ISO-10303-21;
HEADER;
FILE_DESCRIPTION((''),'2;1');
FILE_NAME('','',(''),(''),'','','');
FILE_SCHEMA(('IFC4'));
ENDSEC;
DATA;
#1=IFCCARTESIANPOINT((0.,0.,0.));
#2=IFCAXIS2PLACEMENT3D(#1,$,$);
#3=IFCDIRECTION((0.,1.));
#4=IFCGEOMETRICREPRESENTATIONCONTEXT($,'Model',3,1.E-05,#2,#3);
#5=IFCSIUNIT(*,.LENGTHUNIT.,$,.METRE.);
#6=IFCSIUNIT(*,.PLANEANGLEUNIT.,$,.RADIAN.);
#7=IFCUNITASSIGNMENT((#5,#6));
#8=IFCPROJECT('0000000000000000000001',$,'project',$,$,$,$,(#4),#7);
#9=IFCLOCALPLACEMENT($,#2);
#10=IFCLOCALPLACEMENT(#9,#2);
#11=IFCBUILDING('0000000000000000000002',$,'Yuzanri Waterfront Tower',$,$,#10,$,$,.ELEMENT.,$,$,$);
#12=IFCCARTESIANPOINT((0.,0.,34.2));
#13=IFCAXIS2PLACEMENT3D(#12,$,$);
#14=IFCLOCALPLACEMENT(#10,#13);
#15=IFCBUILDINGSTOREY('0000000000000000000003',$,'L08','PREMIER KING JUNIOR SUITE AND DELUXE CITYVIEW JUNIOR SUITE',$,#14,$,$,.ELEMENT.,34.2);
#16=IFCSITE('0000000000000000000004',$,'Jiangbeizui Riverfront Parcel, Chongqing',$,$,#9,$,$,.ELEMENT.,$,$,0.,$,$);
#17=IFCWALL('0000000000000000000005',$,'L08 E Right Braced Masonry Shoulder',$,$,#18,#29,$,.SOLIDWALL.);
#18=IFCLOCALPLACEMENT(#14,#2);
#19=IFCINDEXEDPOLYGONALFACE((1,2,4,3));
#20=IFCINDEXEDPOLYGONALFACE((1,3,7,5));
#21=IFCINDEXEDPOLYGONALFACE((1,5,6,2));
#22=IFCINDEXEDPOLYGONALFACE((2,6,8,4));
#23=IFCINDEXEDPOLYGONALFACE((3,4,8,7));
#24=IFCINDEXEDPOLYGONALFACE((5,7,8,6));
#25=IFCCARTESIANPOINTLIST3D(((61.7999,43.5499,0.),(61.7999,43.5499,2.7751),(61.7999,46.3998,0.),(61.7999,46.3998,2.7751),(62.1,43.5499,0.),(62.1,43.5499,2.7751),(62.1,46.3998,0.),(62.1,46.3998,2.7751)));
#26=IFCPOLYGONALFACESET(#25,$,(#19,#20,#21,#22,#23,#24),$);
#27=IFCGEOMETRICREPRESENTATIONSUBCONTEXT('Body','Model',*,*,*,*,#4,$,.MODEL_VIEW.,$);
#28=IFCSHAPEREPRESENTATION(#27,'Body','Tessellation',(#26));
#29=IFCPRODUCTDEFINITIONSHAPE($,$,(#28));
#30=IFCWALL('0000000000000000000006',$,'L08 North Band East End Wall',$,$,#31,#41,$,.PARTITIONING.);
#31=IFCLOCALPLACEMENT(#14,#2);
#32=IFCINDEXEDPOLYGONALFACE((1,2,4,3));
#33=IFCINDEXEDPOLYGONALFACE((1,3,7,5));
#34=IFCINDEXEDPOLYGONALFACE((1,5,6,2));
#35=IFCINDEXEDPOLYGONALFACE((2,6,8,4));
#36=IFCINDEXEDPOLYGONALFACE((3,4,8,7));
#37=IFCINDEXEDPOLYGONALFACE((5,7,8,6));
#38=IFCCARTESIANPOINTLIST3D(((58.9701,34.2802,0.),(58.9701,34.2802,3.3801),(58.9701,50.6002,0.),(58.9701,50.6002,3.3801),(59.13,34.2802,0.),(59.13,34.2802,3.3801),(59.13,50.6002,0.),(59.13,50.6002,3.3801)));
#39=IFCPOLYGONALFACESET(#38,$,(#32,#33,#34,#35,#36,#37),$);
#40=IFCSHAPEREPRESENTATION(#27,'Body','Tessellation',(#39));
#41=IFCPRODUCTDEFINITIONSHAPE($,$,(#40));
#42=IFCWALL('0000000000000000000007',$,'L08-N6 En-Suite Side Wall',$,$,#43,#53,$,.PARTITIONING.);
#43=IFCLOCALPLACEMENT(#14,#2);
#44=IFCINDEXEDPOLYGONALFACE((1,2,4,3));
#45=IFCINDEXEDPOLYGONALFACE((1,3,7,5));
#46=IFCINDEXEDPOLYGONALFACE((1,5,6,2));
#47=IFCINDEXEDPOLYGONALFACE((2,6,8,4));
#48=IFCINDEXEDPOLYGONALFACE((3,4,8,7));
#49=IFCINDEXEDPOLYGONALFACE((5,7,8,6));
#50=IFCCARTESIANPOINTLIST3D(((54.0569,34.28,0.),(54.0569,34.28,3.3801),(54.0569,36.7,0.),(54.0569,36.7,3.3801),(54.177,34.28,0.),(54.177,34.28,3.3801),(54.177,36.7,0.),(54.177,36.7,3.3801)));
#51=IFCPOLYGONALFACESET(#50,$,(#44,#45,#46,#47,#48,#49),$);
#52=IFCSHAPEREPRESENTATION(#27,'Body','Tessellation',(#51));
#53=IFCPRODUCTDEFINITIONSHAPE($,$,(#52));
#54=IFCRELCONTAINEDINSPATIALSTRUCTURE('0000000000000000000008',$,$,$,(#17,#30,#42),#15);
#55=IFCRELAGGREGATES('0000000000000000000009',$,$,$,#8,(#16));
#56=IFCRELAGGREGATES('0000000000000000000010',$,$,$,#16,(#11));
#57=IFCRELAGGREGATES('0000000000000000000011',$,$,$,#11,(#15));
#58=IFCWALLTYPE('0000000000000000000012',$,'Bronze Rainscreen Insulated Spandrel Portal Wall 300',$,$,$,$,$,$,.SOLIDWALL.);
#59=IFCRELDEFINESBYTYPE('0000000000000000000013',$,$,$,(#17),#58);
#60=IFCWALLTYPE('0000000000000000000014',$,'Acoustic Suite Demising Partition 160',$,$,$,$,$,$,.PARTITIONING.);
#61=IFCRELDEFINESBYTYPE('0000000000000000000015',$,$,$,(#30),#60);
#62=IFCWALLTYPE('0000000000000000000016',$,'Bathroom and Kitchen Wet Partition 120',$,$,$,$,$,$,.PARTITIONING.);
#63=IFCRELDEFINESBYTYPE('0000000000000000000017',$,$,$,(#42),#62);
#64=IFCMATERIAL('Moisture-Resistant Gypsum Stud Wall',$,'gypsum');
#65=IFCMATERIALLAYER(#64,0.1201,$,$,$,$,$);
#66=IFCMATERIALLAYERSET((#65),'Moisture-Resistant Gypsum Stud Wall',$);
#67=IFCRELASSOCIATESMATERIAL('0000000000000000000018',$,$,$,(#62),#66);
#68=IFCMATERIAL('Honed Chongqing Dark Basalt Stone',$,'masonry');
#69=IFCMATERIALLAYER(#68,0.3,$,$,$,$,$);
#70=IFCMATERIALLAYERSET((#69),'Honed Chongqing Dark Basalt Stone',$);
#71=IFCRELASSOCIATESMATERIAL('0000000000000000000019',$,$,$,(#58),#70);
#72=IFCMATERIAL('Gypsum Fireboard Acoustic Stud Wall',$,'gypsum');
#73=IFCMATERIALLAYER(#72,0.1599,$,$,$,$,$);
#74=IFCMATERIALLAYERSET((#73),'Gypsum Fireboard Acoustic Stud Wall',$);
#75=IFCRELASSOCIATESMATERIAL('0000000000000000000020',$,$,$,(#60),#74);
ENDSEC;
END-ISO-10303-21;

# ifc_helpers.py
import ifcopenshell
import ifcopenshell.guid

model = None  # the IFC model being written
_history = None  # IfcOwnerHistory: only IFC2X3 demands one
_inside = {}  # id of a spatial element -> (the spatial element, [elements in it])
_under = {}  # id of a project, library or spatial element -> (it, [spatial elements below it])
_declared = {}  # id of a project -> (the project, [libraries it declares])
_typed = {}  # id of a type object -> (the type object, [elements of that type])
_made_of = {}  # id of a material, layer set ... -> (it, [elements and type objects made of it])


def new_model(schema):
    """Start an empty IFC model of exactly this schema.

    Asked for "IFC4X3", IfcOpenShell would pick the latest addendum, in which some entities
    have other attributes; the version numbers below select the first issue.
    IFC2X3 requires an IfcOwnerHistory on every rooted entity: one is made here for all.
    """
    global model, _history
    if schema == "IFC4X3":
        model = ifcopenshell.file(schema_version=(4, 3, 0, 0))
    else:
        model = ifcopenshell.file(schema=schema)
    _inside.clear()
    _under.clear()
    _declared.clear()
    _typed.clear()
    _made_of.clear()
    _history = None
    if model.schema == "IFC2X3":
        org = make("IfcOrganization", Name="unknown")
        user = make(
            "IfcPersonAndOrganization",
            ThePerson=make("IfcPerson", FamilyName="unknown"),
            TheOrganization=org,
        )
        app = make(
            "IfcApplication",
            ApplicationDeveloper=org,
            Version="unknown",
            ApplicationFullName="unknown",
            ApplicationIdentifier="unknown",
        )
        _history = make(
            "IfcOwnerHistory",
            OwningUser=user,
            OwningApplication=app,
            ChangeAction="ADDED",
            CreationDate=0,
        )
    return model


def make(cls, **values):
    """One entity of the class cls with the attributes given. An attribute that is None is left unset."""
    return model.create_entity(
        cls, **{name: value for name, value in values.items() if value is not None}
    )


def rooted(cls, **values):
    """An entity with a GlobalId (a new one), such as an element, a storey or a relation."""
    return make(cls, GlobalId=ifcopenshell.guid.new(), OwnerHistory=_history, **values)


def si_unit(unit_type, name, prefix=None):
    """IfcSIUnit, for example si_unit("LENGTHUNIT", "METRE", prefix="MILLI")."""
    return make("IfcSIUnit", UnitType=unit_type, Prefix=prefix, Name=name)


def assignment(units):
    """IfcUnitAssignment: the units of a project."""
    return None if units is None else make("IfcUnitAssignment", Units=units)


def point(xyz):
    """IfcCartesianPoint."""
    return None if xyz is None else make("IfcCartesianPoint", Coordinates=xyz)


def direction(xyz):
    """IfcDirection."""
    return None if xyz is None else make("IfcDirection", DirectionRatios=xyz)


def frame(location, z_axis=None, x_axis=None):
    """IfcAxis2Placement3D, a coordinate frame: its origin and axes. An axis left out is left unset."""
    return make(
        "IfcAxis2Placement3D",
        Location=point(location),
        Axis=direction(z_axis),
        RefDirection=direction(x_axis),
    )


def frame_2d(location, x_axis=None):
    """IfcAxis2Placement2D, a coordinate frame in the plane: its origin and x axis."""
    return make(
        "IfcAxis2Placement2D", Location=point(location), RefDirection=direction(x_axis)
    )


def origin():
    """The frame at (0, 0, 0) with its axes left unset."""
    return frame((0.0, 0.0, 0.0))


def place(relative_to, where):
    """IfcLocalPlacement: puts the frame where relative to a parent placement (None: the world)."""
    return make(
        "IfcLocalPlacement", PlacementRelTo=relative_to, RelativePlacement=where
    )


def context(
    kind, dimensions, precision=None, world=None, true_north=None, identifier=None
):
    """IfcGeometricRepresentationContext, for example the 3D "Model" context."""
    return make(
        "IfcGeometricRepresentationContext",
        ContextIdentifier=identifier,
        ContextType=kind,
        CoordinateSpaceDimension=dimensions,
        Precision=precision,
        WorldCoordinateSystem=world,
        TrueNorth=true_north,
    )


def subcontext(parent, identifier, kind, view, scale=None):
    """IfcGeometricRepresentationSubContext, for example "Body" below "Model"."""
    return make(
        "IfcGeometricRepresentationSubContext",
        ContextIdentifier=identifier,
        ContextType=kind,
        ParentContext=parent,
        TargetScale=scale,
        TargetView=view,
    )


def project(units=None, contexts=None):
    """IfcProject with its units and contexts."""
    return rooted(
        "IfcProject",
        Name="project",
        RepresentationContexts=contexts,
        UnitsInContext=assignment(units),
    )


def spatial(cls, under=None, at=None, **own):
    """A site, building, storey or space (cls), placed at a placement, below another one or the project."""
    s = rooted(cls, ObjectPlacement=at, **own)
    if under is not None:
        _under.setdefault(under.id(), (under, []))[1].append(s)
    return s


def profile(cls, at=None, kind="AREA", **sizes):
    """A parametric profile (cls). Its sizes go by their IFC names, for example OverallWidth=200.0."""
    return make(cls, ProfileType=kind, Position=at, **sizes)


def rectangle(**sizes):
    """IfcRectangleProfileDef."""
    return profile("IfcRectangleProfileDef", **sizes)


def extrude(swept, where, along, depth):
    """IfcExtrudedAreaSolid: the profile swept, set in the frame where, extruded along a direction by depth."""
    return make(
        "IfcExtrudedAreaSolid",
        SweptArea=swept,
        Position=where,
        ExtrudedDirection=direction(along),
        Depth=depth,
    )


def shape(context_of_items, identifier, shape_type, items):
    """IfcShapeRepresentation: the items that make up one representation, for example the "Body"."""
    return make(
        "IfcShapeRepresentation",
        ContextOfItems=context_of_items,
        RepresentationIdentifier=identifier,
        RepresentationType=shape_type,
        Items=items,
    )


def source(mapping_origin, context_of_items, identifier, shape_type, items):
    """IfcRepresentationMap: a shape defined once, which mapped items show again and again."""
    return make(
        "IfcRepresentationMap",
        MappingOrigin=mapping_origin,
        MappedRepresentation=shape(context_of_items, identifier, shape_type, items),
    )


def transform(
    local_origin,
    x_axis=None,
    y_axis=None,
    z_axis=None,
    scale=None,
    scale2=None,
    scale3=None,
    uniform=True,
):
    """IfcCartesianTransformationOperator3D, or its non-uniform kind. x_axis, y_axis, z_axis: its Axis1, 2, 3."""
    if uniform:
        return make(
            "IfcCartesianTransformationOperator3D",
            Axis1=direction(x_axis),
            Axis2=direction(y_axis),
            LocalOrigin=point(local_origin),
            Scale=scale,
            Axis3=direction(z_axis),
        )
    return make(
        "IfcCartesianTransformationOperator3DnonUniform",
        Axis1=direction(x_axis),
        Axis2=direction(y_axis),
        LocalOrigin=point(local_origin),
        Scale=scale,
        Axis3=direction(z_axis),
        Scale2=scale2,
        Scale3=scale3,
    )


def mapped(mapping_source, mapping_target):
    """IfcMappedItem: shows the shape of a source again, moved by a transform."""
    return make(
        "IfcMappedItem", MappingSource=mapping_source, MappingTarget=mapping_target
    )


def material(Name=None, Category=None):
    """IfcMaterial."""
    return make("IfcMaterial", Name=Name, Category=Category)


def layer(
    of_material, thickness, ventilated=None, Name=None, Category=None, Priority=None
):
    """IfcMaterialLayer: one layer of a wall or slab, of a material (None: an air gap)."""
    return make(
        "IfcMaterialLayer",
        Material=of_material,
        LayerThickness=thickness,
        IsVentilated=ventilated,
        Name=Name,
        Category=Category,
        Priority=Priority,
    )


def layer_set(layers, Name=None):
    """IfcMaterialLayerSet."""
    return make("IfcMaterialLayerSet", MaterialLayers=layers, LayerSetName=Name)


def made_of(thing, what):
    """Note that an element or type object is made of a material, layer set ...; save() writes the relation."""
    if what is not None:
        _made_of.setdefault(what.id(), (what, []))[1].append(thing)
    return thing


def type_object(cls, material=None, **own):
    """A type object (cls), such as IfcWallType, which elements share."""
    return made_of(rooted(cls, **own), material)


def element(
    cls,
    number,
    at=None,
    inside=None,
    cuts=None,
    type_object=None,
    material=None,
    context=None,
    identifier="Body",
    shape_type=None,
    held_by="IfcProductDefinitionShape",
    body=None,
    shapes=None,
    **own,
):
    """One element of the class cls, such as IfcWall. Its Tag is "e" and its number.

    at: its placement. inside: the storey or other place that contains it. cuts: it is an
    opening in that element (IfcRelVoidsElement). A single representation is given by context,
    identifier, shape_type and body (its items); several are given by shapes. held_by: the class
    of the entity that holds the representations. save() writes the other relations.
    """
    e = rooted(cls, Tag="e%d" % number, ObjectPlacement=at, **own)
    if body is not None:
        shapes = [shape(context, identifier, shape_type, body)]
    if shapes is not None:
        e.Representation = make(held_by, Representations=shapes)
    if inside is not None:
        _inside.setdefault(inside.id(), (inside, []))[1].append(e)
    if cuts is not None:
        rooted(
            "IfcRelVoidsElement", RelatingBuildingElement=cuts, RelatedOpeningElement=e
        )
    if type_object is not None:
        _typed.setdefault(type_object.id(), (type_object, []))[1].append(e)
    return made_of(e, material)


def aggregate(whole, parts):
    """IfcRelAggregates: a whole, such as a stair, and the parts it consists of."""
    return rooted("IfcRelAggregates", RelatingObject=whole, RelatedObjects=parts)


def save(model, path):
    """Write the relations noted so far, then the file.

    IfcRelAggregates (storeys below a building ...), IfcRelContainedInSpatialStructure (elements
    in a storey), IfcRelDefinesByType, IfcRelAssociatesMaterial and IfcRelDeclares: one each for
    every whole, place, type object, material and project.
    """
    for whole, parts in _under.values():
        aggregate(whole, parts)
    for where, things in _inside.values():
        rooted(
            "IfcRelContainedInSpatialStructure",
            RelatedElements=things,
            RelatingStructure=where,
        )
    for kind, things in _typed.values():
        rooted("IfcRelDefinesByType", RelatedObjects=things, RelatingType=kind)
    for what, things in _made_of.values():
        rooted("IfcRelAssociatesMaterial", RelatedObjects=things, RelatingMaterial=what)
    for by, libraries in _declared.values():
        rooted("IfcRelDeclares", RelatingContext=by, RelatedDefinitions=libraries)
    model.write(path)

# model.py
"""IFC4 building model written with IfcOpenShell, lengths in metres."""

from ifc_helpers import new_model, si_unit, direction, frame, frame_2d, origin, place, context, subcontext, project, spatial, rectangle, extrude, source, transform, mapped, material, layer, layer_set, type_object, element, save


model = new_model("IFC4")

# Units and contexts
model_context = context("Model", 3, precision=1e-05, world=origin(), true_north=direction((0.0, 1.0)))
body_context = subcontext(model_context, "Body", "Model", "MODEL_VIEW")
ifc_project = project(units=[si_unit("LENGTHUNIT", "METRE"), si_unit("PLANEANGLEUNIT", "RADIAN")], contexts=[model_context])

# Site, building, storey
site_placement = place(None, origin())
site = spatial("IfcSite", under=ifc_project, at=site_placement, Name="Jiangbeizui Riverfront Parcel, Chongqing", CompositionType="ELEMENT", RefElevation=0.0)
building_placement = place(site_placement, origin())
building = spatial("IfcBuilding", under=site, at=building_placement, Name="Yuzanri Waterfront Tower", CompositionType="ELEMENT")
storey_placement = place(building_placement, frame((0.0, 0.0, 34.2)))
storey = spatial("IfcBuildingStorey", under=building, at=storey_placement, Name="L08", Description="PREMIER KING JUNIOR SUITE AND DELUXE CITYVIEW JUNIOR SUITE", CompositionType="ELEMENT", Elevation=34.2)

# Shared definitions
ifc_material_1 = material(Name="Moisture-Resistant Gypsum Stud Wall", Category="gypsum")
ifc_layer_1 = layer(ifc_material_1, 0.1201)
ifc_layer_set_1 = layer_set([ifc_layer_1], Name="Moisture-Resistant Gypsum Stud Wall")
wall_type_1 = type_object("IfcWallType", Name="Bathroom and Kitchen Wet Partition 120", PredefinedType="PARTITIONING", material=ifc_layer_set_1)

# Shared definitions
ifc_material_2 = material(Name="Honed Chongqing Dark Basalt Stone", Category="masonry")
ifc_layer_2 = layer(ifc_material_2, 0.3)
ifc_layer_set_2 = layer_set([ifc_layer_2], Name="Honed Chongqing Dark Basalt Stone")
wall_type_2 = type_object("IfcWallType", Name="Bronze Rainscreen Insulated Spandrel Portal Wall 300", PredefinedType="SOLIDWALL", material=ifc_layer_set_2)

# Walls
shared_shape_1 = source(origin(), body_context, "Body", "SweptSolid", [
    extrude(rectangle(XDim=2.8499, YDim=0.3, at=frame_2d((1.4248, 0.0))), origin(), (0.0, 0.0, 1.0), 2.7751),
])
wall_1_placement = place(storey_placement, frame((61.95, 43.55, 0.0), z_axis=(0.0, 0.0, 1.0), x_axis=(0.0, 1.0, 0.0)))
element("IfcWall", 1, at=wall_1_placement, inside=storey, type_object=wall_type_2, Name="L08 E Right Braced Masonry Shoulder", PredefinedType="SOLIDWALL", context=body_context, shape_type="MappedRepresentation", body=[
    mapped(shared_shape_1, transform((0.0, 0.0, 0.0), scale=1.0)),
])
ifc_material_3 = material(Name="Gypsum Fireboard Acoustic Stud Wall", Category="gypsum")
ifc_layer_3 = layer(ifc_material_3, 0.1599)
ifc_layer_set_3 = layer_set([ifc_layer_3], Name="Gypsum Fireboard Acoustic Stud Wall")
wall_type_3 = type_object("IfcWallType", Name="Acoustic Suite Demising Partition 160", PredefinedType="PARTITIONING", material=ifc_layer_set_3)
shared_shape_2 = source(origin(), body_context, "Body", "SweptSolid", [
    extrude(rectangle(XDim=16.3201, YDim=0.1599, at=frame_2d((8.1602, 0.0))), origin(), (0.0, 0.0, 1.0), 3.3801),
])
wall_2_placement = place(storey_placement, frame((59.05, 34.28, 0.0), z_axis=(0.0, 0.0, 1.0), x_axis=(0.0, 1.0, 0.0)))
element("IfcWall", 2, at=wall_2_placement, inside=storey, type_object=wall_type_3, Name="L08 North Band East End Wall", PredefinedType="PARTITIONING", context=body_context, shape_type="MappedRepresentation", body=[
    mapped(shared_shape_2, transform((0.0, 0.0, 0.0), scale=1.0)),
])
shared_shape_3 = source(origin(), body_context, "Body", "SweptSolid", [
    extrude(rectangle(XDim=2.4199, YDim=0.1201, at=frame_2d((1.21, 0.0))), origin(), (0.0, 0.0, 1.0), 3.3801),
])
wall_3_placement = place(storey_placement, frame((54.1169, 34.28, 0.0), z_axis=(0.0, 0.0, 1.0), x_axis=(0.0, 1.0, 0.0)))
element("IfcWall", 3, at=wall_3_placement, inside=storey, type_object=wall_type_1, Name="L08-N6 En-Suite Side Wall", PredefinedType="PARTITIONING", context=body_context, shape_type="MappedRepresentation", body=[
    mapped(shared_shape_3, transform((0.0, 0.0, 0.0), scale=1.0)),
])

save(model, "model.ifc")
